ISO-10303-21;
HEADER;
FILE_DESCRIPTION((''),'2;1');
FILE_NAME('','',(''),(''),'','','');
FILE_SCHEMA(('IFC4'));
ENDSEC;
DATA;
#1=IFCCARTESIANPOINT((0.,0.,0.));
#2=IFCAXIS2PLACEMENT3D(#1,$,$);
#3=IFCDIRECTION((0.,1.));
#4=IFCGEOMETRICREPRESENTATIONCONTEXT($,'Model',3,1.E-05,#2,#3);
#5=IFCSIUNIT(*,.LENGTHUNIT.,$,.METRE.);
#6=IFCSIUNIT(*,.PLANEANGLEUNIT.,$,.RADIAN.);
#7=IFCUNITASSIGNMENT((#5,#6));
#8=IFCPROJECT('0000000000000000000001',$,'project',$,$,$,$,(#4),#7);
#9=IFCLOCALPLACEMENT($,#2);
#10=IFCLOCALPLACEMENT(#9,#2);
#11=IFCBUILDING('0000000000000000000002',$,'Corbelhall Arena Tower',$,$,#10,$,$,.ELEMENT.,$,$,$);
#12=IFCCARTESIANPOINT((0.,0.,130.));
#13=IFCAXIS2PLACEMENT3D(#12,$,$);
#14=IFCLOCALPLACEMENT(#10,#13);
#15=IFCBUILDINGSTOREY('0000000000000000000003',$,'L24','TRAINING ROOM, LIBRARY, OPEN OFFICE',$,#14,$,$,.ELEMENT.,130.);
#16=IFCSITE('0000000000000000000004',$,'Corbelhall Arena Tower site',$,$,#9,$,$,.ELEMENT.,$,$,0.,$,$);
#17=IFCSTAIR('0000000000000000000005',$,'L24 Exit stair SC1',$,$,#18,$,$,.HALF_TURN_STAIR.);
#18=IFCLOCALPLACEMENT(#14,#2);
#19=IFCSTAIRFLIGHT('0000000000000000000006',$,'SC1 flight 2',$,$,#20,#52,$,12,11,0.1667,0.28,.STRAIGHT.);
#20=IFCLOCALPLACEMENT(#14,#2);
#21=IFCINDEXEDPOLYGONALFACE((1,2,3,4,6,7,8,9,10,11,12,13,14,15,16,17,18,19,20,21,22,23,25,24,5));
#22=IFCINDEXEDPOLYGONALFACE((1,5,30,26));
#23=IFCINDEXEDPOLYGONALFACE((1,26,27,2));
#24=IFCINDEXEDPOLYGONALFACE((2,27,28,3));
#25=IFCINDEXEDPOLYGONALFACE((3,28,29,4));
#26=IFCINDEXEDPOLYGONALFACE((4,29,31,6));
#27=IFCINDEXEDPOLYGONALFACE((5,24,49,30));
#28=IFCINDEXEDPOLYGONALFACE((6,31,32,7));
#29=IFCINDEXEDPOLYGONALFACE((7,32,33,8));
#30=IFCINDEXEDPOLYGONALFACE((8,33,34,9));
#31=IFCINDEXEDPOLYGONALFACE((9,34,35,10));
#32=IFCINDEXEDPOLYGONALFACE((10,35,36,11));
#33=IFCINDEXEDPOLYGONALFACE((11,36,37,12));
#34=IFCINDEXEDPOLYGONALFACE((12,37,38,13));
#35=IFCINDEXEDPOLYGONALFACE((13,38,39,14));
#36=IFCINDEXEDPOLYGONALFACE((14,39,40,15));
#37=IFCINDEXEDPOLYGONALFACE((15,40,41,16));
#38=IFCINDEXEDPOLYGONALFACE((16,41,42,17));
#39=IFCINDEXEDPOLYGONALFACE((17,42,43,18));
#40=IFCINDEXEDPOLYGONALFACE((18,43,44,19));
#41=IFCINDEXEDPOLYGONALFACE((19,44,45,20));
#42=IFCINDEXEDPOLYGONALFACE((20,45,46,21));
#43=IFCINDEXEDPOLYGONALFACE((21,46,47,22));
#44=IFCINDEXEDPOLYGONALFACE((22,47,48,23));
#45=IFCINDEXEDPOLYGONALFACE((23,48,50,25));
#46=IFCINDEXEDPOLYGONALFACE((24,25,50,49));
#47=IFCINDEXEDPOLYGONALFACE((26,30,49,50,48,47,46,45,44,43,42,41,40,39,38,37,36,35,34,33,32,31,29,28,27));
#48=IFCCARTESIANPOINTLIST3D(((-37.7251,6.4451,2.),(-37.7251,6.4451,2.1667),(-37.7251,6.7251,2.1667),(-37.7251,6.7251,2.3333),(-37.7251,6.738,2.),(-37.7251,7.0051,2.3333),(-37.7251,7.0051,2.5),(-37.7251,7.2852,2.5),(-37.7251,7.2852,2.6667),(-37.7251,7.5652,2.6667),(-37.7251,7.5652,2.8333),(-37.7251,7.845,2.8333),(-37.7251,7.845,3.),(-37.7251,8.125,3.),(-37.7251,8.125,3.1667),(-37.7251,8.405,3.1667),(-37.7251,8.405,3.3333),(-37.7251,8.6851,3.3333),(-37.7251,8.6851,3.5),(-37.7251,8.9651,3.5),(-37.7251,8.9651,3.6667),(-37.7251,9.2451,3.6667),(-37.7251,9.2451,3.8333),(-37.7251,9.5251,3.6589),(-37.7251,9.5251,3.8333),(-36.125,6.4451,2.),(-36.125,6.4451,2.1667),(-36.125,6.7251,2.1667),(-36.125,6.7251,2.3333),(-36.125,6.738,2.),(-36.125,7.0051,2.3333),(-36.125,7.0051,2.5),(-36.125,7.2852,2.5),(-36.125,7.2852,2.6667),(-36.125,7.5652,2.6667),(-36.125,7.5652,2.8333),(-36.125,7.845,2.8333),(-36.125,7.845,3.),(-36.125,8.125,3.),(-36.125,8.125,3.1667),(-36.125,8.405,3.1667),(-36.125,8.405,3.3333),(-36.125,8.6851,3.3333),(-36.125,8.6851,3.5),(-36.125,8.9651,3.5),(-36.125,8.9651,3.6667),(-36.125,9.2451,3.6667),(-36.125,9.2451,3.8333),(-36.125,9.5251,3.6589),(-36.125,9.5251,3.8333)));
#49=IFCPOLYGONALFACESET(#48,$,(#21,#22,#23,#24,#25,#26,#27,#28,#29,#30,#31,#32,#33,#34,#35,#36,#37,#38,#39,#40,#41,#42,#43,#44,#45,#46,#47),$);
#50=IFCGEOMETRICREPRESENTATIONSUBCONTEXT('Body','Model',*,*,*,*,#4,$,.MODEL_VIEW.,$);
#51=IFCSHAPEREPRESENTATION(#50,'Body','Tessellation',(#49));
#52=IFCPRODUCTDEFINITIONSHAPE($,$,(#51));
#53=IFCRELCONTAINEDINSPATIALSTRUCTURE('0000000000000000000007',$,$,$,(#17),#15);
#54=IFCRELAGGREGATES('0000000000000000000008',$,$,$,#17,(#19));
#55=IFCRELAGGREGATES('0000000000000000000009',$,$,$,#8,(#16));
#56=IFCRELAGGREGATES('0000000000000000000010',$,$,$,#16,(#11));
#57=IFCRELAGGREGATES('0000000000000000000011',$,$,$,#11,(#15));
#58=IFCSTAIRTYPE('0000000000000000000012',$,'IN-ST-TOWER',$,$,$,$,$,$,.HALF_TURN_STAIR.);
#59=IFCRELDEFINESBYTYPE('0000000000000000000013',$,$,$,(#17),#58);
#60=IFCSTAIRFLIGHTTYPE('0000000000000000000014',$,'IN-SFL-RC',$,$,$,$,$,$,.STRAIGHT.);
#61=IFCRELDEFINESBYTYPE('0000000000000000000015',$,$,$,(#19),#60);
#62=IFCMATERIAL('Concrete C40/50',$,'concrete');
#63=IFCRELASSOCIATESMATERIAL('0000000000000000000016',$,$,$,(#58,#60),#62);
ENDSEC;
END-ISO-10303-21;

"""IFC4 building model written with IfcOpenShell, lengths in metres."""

from ifc_helpers import new_model, si_unit, direction, frame, origin, place, context, subcontext, project, spatial, polyline, outline, extrude, material, type_object, element, aggregate, save


model = new_model("IFC4")

# Units and contexts
model_context = context("Model", 3, precision=1e-05, world=origin(), true_north=direction((0.0, 1.0)))
body_context = subcontext(model_context, "Body", "Model", "MODEL_VIEW")
ifc_project = project(units=[si_unit("LENGTHUNIT", "METRE"), si_unit("PLANEANGLEUNIT", "RADIAN")], contexts=[model_context])

# Site, building, storey
site_placement = place(None, origin())
site = spatial("IfcSite", under=ifc_project, at=site_placement, Name="Corbelhall Arena Tower site", CompositionType="ELEMENT", RefElevation=0.0)
building_placement = place(site_placement, origin())
building = spatial("IfcBuilding", under=site, at=building_placement, Name="Corbelhall Arena Tower", CompositionType="ELEMENT")
storey_placement = place(building_placement, frame((0.0, 0.0, 130.0)))
storey = spatial("IfcBuildingStorey", under=building, at=storey_placement, Name="L24", Description="TRAINING ROOM, LIBRARY, OPEN OFFICE", CompositionType="ELEMENT", Elevation=130.0)

# Shared definitions
ifc_material_1 = material(Name="Concrete C40/50", Category="concrete")

# Stair, stair flight
stair_type = type_object("IfcStairType", Name="IN-ST-TOWER", PredefinedType="HALF_TURN_STAIR", material=ifc_material_1)
stair_placement = place(storey_placement, origin())
stair = element("IfcStair", 1, at=stair_placement, inside=storey, type_object=stair_type, Name="L24 Exit stair SC1", PredefinedType="HALF_TURN_STAIR")
stair_flight_type = type_object("IfcStairFlightType", Name="IN-SFL-RC", PredefinedType="STRAIGHT", material=ifc_material_1)
stair_flight_1_placement = place(storey_placement, frame((-36.925, 6.4451, 2.0), z_axis=(0.0, 0.0, 1.0), x_axis=(0.0, 1.0, 0.0)))
stair_flight_1 = element("IfcStairFlight", 2, at=stair_flight_1_placement, type_object=stair_flight_type, Name="SC1 flight 2", NumberOfRisers=12, NumberOfTreads=11, PredefinedType="STRAIGHT", RiserHeight=0.1667, TreadLength=0.28, context=body_context, shape_type="SweptSolid", body=[
    extrude(outline(polyline([(0.0, 0.0), (0.0, 0.1667), (0.28, 0.1667), (0.28, 0.3333), (0.5601, 0.3333), (0.5601, 0.5), (0.8401, 0.5), (0.8401, 0.6667), (1.1201, 0.6667), (1.1201, 0.8333), (1.3999, 0.8333), (1.3999, 1.0), (1.6799, 1.0), (1.6799, 1.1667), (1.96, 1.1667), (1.96, 1.3333), (2.24, 1.3333), (2.24, 1.5), (2.52, 1.5), (2.52, 1.6667), (2.8, 1.6667), (2.8, 1.8333), (3.0801, 1.8333), (3.0801, 2.0), (3.0801, 1.6589), (0.293, 0.0), (0.0, 0.0)])), frame((0.0, 0.8, 0.0), z_axis=(0.0, -1.0, 0.0), x_axis=(1.0, 0.0, 0.0)), (0.0, 0.0, 1.0), 1.6001),
])
aggregate(stair, [stair_flight_1])

save(model, "model.ifc")
